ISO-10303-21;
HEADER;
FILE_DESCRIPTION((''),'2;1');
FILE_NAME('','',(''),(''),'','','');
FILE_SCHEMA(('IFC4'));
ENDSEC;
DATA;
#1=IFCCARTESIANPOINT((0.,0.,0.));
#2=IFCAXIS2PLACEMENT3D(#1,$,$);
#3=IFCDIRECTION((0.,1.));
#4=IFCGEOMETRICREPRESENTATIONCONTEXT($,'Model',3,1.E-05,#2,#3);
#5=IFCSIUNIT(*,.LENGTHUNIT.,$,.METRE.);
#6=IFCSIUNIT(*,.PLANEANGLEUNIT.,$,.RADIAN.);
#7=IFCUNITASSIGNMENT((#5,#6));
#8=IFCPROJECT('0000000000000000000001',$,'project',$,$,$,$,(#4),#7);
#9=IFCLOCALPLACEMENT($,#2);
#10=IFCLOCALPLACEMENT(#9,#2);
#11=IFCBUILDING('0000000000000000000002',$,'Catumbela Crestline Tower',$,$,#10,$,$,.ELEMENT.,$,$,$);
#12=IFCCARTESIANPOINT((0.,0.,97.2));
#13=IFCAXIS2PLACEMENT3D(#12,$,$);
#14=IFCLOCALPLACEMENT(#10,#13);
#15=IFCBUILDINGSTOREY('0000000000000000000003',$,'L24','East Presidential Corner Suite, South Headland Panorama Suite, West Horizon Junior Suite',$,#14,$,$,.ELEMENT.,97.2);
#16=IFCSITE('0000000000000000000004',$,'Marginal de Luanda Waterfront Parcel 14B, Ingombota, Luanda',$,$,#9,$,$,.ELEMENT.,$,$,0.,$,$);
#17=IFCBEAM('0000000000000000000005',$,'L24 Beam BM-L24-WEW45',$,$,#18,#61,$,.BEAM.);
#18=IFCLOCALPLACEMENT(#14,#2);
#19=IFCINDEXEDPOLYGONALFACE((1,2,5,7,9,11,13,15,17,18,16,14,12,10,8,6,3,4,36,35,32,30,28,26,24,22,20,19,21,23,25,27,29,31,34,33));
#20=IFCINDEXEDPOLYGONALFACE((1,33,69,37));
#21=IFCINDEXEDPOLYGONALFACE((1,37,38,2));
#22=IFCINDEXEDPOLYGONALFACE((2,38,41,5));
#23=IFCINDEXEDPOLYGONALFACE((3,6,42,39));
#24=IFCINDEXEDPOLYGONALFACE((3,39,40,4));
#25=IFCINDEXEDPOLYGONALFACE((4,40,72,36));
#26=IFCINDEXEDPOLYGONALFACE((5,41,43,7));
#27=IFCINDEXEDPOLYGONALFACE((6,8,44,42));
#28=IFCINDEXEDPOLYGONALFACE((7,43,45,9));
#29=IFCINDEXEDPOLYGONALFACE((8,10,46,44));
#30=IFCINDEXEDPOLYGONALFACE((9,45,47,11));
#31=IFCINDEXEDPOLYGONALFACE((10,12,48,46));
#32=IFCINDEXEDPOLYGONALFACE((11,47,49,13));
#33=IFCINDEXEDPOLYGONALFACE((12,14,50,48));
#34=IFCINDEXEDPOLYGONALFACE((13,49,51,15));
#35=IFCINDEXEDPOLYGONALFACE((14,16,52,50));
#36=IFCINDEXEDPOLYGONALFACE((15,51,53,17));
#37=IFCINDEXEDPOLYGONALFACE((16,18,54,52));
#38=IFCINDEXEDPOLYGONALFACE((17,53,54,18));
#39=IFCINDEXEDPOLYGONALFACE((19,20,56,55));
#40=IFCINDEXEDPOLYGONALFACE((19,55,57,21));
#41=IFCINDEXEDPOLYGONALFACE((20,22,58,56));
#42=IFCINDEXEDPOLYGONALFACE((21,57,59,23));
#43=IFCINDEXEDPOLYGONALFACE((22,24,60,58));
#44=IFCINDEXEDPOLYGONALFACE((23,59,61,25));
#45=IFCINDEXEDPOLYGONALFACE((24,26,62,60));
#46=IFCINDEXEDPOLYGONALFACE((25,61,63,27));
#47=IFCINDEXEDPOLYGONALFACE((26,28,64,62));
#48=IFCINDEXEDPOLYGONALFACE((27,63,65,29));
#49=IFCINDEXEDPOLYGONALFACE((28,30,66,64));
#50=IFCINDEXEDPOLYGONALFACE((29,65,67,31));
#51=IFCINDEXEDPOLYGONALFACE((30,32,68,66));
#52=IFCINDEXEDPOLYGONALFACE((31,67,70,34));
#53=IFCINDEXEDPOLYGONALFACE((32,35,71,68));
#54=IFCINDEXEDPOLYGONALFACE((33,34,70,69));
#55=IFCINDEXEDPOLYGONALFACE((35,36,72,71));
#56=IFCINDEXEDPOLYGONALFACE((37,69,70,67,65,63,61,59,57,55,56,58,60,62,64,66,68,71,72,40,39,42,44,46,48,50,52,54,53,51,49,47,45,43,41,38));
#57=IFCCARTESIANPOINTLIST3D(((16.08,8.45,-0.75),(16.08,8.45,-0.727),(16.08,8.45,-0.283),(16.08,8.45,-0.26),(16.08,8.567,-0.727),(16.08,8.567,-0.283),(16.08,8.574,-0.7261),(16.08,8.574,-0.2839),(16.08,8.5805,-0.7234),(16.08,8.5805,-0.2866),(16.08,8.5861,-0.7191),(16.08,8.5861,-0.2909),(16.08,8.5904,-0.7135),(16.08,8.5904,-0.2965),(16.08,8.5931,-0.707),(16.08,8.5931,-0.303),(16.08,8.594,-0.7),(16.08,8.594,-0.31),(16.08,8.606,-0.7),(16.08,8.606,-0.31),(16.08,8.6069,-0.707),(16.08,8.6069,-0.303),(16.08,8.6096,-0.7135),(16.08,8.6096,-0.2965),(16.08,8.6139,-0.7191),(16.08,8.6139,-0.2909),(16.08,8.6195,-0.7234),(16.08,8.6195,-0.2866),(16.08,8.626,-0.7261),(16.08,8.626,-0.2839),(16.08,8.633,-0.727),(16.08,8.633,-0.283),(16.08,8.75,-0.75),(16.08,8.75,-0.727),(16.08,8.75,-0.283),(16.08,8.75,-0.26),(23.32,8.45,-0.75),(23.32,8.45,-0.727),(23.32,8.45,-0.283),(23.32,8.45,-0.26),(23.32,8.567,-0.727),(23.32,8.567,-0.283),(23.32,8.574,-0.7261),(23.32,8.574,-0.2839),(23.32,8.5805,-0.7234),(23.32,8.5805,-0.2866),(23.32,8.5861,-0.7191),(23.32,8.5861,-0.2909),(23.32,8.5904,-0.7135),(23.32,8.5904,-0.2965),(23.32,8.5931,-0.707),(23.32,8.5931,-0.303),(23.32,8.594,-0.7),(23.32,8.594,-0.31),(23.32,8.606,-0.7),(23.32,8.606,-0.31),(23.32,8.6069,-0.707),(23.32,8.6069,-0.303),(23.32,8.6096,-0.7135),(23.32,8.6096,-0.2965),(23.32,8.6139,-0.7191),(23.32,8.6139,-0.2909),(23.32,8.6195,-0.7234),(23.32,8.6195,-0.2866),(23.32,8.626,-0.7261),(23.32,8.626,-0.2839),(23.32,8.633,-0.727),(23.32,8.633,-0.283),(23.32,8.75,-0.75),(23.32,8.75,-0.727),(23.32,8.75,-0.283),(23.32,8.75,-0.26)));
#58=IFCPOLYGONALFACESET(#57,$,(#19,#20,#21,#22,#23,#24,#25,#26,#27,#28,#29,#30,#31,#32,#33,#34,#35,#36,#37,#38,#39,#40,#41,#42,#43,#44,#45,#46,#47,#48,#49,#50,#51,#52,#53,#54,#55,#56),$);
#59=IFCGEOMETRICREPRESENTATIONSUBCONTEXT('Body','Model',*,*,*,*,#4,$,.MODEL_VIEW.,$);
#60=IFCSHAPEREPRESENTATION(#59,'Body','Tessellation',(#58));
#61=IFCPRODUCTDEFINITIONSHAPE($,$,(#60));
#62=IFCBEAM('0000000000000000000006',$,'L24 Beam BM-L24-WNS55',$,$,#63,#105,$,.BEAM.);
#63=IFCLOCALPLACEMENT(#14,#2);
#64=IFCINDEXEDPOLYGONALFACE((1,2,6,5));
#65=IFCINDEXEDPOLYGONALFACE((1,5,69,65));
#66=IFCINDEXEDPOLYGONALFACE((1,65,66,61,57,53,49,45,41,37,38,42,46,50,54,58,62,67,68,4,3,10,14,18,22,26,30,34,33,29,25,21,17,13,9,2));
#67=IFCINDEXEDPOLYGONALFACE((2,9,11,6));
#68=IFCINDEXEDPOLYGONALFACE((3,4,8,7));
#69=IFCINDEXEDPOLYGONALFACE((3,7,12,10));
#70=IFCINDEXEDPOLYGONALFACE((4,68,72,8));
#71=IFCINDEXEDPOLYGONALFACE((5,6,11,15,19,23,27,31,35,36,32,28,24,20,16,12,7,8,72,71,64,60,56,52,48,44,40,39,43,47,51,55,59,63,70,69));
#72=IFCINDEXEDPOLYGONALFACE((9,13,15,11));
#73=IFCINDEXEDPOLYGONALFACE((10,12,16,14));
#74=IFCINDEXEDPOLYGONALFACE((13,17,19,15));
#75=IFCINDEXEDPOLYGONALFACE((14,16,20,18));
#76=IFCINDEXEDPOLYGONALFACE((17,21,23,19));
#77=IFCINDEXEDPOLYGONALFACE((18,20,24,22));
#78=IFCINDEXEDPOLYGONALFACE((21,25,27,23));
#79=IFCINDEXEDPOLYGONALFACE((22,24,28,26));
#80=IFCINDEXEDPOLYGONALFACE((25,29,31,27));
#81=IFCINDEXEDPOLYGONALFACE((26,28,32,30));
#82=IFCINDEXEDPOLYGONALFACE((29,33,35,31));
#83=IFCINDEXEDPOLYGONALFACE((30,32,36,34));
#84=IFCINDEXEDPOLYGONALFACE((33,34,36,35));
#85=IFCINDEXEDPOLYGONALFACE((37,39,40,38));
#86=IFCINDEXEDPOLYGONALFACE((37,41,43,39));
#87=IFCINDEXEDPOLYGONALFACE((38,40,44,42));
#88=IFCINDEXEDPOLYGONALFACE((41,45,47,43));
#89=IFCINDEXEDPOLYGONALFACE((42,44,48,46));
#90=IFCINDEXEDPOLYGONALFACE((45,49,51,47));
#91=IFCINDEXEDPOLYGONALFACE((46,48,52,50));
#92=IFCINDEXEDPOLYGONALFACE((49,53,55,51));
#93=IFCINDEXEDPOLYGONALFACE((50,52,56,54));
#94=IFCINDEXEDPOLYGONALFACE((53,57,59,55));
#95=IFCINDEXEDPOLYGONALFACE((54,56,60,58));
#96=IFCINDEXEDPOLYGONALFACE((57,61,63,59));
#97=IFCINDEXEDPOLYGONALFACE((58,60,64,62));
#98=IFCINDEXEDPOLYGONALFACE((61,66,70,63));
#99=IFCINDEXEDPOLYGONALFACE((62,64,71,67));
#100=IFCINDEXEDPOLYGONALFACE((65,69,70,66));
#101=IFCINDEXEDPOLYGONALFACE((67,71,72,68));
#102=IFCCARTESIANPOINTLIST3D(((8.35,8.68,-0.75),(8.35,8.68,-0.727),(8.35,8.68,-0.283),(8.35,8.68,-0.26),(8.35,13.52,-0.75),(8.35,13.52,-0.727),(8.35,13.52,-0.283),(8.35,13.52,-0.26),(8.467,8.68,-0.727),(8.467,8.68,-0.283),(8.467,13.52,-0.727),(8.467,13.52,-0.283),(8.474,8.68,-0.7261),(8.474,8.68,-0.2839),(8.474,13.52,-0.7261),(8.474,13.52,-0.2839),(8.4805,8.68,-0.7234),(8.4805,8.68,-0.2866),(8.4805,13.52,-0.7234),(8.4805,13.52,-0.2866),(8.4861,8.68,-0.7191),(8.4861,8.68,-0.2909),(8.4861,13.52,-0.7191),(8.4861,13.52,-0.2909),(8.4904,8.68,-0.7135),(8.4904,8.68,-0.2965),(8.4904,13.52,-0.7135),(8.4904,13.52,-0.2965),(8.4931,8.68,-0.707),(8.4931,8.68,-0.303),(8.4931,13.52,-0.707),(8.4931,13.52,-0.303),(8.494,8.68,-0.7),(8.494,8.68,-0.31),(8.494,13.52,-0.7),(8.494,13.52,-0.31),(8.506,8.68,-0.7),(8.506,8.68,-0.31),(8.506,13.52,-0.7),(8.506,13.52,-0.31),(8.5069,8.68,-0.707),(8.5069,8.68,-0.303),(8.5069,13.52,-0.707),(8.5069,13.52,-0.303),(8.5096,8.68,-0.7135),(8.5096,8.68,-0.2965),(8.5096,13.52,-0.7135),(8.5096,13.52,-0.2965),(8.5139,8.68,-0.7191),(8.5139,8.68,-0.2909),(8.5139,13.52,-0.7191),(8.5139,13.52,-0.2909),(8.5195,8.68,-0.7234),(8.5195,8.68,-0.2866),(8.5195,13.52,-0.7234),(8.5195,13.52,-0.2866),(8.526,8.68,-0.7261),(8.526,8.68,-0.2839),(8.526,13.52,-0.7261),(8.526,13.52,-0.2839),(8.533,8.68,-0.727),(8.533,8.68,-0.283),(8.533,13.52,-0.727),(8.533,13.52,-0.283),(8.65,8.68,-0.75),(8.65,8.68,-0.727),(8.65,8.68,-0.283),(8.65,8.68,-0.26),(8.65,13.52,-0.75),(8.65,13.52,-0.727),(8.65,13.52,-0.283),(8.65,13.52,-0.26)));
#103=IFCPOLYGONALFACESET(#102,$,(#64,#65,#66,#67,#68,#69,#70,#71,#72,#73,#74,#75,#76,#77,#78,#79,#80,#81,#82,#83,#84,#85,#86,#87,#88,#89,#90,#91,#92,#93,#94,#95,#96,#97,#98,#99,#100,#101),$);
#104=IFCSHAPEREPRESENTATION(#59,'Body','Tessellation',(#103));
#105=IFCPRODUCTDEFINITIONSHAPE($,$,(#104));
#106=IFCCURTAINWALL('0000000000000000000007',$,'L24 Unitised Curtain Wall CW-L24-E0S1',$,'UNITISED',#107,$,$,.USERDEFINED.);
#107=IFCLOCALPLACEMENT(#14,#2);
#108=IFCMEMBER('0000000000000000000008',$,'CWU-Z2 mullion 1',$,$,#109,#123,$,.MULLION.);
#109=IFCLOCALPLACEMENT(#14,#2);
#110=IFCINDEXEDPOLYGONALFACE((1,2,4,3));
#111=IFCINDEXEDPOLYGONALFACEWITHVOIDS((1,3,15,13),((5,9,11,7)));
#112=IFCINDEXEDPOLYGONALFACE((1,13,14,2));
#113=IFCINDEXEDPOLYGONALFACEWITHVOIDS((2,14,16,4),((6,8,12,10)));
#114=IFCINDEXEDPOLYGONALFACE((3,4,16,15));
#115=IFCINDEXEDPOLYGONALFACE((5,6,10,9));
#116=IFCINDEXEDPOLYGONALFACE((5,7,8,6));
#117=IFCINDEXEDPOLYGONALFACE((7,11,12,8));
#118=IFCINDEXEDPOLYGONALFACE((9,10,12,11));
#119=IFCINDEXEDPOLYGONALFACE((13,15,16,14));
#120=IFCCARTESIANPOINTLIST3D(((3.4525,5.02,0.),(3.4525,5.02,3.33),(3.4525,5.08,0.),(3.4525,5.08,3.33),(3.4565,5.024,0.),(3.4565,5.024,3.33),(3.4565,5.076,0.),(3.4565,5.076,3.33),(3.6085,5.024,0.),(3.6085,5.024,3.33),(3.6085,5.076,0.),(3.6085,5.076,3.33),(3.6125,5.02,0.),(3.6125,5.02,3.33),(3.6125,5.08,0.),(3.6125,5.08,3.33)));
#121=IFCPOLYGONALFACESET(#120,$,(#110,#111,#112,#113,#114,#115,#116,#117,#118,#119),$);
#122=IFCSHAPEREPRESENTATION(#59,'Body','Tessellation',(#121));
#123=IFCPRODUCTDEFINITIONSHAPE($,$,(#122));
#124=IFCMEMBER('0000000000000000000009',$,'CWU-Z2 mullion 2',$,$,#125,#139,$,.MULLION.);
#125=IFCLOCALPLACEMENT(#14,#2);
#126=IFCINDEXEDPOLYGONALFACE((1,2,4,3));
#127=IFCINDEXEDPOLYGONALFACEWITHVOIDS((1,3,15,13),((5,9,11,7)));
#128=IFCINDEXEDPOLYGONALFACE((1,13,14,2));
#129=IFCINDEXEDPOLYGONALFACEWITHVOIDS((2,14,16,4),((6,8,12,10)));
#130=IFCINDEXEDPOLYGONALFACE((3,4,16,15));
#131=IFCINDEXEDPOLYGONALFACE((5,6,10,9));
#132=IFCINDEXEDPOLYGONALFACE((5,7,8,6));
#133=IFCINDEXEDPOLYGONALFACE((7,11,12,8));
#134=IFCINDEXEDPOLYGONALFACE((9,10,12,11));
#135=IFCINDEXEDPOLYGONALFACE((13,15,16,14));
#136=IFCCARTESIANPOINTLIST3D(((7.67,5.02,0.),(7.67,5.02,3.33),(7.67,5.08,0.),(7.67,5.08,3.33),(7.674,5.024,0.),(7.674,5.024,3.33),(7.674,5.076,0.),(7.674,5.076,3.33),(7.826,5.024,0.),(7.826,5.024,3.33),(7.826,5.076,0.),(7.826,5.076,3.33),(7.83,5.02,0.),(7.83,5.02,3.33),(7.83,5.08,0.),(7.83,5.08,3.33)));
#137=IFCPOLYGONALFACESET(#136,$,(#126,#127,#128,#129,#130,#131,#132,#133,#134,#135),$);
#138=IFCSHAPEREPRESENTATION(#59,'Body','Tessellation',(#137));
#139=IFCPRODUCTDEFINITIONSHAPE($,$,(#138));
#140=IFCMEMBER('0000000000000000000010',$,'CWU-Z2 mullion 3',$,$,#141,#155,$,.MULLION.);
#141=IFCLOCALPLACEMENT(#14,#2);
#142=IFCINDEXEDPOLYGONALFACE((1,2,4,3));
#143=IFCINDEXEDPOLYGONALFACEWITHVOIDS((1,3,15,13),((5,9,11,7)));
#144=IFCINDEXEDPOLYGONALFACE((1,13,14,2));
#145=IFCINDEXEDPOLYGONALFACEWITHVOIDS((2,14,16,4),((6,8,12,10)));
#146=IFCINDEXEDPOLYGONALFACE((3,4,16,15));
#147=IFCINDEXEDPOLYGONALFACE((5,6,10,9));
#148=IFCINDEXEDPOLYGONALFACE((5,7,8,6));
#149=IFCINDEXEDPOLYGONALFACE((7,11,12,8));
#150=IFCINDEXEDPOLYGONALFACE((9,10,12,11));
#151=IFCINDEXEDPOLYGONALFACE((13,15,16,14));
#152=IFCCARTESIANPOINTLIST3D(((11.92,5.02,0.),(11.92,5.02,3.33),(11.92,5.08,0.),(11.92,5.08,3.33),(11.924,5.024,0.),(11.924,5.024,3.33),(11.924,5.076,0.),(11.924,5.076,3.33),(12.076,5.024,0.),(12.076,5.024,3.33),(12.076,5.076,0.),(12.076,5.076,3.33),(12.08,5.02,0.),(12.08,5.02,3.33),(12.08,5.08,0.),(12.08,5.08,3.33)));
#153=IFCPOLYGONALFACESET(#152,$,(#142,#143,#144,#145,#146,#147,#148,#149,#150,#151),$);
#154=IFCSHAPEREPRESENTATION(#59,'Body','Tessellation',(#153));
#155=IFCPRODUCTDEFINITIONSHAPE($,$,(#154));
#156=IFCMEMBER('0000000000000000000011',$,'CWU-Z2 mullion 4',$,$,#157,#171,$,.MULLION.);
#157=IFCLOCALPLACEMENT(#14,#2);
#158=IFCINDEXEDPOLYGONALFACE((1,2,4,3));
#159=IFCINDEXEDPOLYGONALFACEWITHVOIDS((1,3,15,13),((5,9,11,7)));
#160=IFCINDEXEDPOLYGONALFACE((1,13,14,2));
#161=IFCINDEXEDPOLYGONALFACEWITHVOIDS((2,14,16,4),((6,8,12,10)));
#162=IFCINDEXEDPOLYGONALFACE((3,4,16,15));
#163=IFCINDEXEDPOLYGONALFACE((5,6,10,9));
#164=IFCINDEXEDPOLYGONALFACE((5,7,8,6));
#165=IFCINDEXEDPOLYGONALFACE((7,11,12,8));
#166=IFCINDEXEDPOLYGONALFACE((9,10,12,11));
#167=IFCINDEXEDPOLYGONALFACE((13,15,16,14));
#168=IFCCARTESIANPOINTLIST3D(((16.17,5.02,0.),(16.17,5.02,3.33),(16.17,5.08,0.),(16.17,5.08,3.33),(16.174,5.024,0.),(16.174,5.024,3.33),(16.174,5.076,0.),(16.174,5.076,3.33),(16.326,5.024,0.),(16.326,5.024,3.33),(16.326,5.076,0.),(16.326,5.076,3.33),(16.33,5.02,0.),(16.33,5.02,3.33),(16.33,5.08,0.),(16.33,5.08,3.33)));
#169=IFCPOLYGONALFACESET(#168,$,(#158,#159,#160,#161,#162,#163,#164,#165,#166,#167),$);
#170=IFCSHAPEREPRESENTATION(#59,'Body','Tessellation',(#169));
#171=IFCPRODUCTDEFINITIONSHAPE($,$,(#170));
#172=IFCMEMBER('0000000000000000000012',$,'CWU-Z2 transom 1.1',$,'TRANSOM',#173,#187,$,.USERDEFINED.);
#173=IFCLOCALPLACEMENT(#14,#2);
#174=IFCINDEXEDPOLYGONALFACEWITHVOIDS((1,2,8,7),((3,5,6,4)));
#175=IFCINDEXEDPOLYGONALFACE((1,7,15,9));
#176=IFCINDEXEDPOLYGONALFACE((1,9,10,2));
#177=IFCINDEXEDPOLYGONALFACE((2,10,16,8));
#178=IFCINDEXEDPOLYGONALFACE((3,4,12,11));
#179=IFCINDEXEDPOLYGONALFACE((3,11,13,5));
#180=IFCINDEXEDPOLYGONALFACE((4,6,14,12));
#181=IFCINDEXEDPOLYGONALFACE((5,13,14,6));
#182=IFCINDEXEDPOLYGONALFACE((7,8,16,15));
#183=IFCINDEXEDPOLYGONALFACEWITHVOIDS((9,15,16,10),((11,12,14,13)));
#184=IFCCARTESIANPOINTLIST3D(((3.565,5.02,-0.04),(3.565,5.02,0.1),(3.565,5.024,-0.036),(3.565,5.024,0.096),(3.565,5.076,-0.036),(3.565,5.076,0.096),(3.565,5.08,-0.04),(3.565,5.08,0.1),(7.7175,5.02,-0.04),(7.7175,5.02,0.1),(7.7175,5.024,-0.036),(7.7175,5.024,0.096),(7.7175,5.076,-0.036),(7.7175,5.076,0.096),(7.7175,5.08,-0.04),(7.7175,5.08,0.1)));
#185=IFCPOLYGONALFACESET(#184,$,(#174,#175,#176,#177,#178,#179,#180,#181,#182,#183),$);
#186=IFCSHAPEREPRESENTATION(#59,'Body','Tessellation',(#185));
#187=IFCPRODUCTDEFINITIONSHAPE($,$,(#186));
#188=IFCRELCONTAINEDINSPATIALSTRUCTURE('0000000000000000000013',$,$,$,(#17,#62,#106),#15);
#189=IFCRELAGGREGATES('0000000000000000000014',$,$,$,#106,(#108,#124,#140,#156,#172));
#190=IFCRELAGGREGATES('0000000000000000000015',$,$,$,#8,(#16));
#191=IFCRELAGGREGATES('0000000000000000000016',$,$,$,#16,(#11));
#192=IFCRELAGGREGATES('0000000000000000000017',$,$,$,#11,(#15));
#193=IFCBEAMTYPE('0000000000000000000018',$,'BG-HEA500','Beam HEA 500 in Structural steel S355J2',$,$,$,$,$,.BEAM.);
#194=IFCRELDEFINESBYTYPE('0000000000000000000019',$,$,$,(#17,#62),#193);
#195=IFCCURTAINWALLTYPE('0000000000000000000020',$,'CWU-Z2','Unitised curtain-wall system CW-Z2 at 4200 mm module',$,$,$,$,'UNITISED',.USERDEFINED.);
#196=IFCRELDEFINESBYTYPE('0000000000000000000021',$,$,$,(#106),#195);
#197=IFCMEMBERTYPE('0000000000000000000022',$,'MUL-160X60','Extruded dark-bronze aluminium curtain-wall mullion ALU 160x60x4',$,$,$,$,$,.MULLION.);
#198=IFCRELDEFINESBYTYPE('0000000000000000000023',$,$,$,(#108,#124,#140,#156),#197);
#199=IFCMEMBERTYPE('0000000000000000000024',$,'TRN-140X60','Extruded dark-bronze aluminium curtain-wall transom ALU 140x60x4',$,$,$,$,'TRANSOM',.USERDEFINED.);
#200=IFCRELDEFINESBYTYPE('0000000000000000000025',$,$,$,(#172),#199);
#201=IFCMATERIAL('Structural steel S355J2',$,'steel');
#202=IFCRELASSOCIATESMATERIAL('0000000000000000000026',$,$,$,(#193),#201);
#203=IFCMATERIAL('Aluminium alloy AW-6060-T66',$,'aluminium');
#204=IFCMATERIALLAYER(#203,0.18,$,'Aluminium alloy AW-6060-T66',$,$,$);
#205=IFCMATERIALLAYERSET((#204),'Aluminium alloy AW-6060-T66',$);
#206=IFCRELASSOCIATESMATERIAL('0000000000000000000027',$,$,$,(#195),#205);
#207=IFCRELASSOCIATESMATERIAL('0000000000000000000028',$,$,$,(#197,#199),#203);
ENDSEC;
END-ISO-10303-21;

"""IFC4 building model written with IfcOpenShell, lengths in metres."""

from ifc_helpers import new_model, si_unit, direction, frame, origin, origin_2d, place, context, subcontext, project, spatial, hollow_rectangle, i_section, extrude, material, layer, layer_set, material_profile, profile_set, type_object, element, aggregate, save


model = new_model("IFC4")

# Units and contexts
model_context = context("Model", 3, precision=1e-05, world=origin(), true_north=direction((0.0, 1.0)))
body_context = subcontext(model_context, "Body", "Model", "MODEL_VIEW")
ifc_project = project(units=[si_unit("LENGTHUNIT", "METRE"), si_unit("PLANEANGLEUNIT", "RADIAN")], contexts=[model_context])

# Site, building, storey
site_placement = place(None, origin())
site = spatial("IfcSite", under=ifc_project, at=site_placement, Name="Marginal de Luanda Waterfront Parcel 14B, Ingombota, Luanda", CompositionType="ELEMENT", RefElevation=0.0)
building_placement = place(site_placement, origin())
building = spatial("IfcBuilding", under=site, at=building_placement, Name="Catumbela Crestline Tower", CompositionType="ELEMENT")
storey_placement = place(building_placement, frame((0.0, 0.0, 97.2)))
storey = spatial("IfcBuildingStorey", under=building, at=storey_placement, Name="L24", Description="East Presidential Corner Suite, South Headland Panorama Suite, West Horizon Junior Suite", CompositionType="ELEMENT", Elevation=97.2)

# Beams
ifc_material_1 = material(Name="Structural steel S355J2", Category="steel")
ifc_material_profile_1 = material_profile(ifc_material_1, i_section(OverallWidth=0.3, OverallDepth=0.49, WebThickness=0.012, FlangeThickness=0.023, FilletRadius=0.027, at=origin_2d()), Name="HEA 500")
ifc_profile_set_1 = profile_set([ifc_material_profile_1], Name="Structural steel S355J2")
beam_type = type_object("IfcBeamType", Name="BG-HEA500", Description="Beam HEA 500 in Structural steel S355J2", PredefinedType="BEAM", material=ifc_profile_set_1)
beam_1_placement = place(storey_placement, frame((16.08, 8.6, -0.505), z_axis=(1.0, 0.0, 0.0), x_axis=(0.0, 1.0, 0.0)))
element("IfcBeam", 1, at=beam_1_placement, inside=storey, type_object=beam_type, Name="L24 Beam BM-L24-WEW45", PredefinedType="BEAM", context=body_context, shape_type="SweptSolid", body=[
    extrude(i_section(OverallWidth=0.3, OverallDepth=0.49, WebThickness=0.012, FlangeThickness=0.023, FilletRadius=0.027, at=origin_2d()), origin(), (0.0, 0.0, 1.0), 7.24),
])
beam_2_placement = place(storey_placement, frame((8.5, 8.68, -0.505), z_axis=(0.0, 1.0, 0.0), x_axis=(-1.0, 0.0, 0.0)))
element("IfcBeam", 2, at=beam_2_placement, inside=storey, type_object=beam_type, Name="L24 Beam BM-L24-WNS55", PredefinedType="BEAM", context=body_context, shape_type="SweptSolid", body=[
    extrude(i_section(OverallWidth=0.3, OverallDepth=0.49, WebThickness=0.012, FlangeThickness=0.023, FilletRadius=0.027, at=origin_2d()), origin(), (0.0, 0.0, 1.0), 4.84),
])

# Curtain wall, members
ifc_material_2 = material(Name="Aluminium alloy AW-6060-T66", Category="aluminium")
ifc_layer_1 = layer(ifc_material_2, 0.18, Name="Aluminium alloy AW-6060-T66")
ifc_layer_set_1 = layer_set([ifc_layer_1], Name="Aluminium alloy AW-6060-T66")
curtain_wall_type = type_object("IfcCurtainWallType", Name="CWU-Z2", Description="Unitised curtain-wall system CW-Z2 at 4200 mm module", ElementType="UNITISED", PredefinedType="USERDEFINED", material=ifc_layer_set_1)
curtain_wall_placement = place(storey_placement, origin())
curtain_wall = element("IfcCurtainWall", 3, at=curtain_wall_placement, inside=storey, type_object=curtain_wall_type, Name="L24 Unitised Curtain Wall CW-L24-E0S1", ObjectType="UNITISED", PredefinedType="USERDEFINED")
ifc_material_profile_2 = material_profile(ifc_material_2, hollow_rectangle(XDim=0.06, YDim=0.16, WallThickness=0.004, at=origin_2d()), Name="ALU 160x60x4")
ifc_profile_set_2 = profile_set([ifc_material_profile_2], Name="Aluminium alloy AW-6060-T66")
member_type_1 = type_object("IfcMemberType", Name="MUL-160X60", Description="Extruded dark-bronze aluminium curtain-wall mullion ALU 160x60x4", PredefinedType="MULLION", material=ifc_profile_set_2)
member_1_placement = place(storey_placement, frame((3.5325, 5.05, 0.0), z_axis=(0.0, 0.0, 1.0), x_axis=(0.0, 1.0, 0.0)))
member_1 = element("IfcMember", 4, at=member_1_placement, type_object=member_type_1, Name="CWU-Z2 mullion 1", PredefinedType="MULLION", context=body_context, shape_type="SweptSolid", body=[
    extrude(hollow_rectangle(XDim=0.06, YDim=0.16, WallThickness=0.004, at=origin_2d()), origin(), (0.0, 0.0, 1.0), 3.33),
])
member_2_placement = place(storey_placement, frame((7.75, 5.05, 0.0), z_axis=(0.0, 0.0, 1.0), x_axis=(0.0, 1.0, 0.0)))
member_2 = element("IfcMember", 5, at=member_2_placement, type_object=member_type_1, Name="CWU-Z2 mullion 2", PredefinedType="MULLION", context=body_context, shape_type="SweptSolid", body=[
    extrude(hollow_rectangle(XDim=0.06, YDim=0.16, WallThickness=0.004, at=origin_2d()), origin(), (0.0, 0.0, 1.0), 3.33),
])
member_3_placement = place(storey_placement, frame((12.0, 5.05, 0.0), z_axis=(0.0, 0.0, 1.0), x_axis=(0.0, 1.0, 0.0)))
member_3 = element("IfcMember", 6, at=member_3_placement, type_object=member_type_1, Name="CWU-Z2 mullion 3", PredefinedType="MULLION", context=body_context, shape_type="SweptSolid", body=[
    extrude(hollow_rectangle(XDim=0.06, YDim=0.16, WallThickness=0.004, at=origin_2d()), origin(), (0.0, 0.0, 1.0), 3.33),
])
member_4_placement = place(storey_placement, frame((16.25, 5.05, 0.0), z_axis=(0.0, 0.0, 1.0), x_axis=(0.0, 1.0, 0.0)))
member_4 = element("IfcMember", 7, at=member_4_placement, type_object=member_type_1, Name="CWU-Z2 mullion 4", PredefinedType="MULLION", context=body_context, shape_type="SweptSolid", body=[
    extrude(hollow_rectangle(XDim=0.06, YDim=0.16, WallThickness=0.004, at=origin_2d()), origin(), (0.0, 0.0, 1.0), 3.33),
])
ifc_material_profile_3 = material_profile(ifc_material_2, hollow_rectangle(XDim=0.06, YDim=0.14, WallThickness=0.004, at=origin_2d()), Name="ALU 140x60x4")
ifc_profile_set_3 = profile_set([ifc_material_profile_3], Name="Aluminium alloy AW-6060-T66")
member_type_2 = type_object("IfcMemberType", Name="TRN-140X60", Description="Extruded dark-bronze aluminium curtain-wall transom ALU 140x60x4", ElementType="TRANSOM", PredefinedType="USERDEFINED", material=ifc_profile_set_3)
member_5_placement = place(storey_placement, frame((3.565, 5.05, 0.03), z_axis=(1.0, 0.0, 0.0), x_axis=(0.0, 1.0, 0.0)))
member_5 = element("IfcMember", 8, at=member_5_placement, type_object=member_type_2, Name="CWU-Z2 transom 1.1", ObjectType="TRANSOM", PredefinedType="USERDEFINED", context=body_context, shape_type="SweptSolid", body=[
    extrude(hollow_rectangle(XDim=0.06, YDim=0.14, WallThickness=0.004, at=origin_2d()), origin(), (0.0, 0.0, 1.0), 4.1525),
])
aggregate(curtain_wall, [member_1, member_2, member_3, member_4, member_5])

save(model, "model.ifc")
